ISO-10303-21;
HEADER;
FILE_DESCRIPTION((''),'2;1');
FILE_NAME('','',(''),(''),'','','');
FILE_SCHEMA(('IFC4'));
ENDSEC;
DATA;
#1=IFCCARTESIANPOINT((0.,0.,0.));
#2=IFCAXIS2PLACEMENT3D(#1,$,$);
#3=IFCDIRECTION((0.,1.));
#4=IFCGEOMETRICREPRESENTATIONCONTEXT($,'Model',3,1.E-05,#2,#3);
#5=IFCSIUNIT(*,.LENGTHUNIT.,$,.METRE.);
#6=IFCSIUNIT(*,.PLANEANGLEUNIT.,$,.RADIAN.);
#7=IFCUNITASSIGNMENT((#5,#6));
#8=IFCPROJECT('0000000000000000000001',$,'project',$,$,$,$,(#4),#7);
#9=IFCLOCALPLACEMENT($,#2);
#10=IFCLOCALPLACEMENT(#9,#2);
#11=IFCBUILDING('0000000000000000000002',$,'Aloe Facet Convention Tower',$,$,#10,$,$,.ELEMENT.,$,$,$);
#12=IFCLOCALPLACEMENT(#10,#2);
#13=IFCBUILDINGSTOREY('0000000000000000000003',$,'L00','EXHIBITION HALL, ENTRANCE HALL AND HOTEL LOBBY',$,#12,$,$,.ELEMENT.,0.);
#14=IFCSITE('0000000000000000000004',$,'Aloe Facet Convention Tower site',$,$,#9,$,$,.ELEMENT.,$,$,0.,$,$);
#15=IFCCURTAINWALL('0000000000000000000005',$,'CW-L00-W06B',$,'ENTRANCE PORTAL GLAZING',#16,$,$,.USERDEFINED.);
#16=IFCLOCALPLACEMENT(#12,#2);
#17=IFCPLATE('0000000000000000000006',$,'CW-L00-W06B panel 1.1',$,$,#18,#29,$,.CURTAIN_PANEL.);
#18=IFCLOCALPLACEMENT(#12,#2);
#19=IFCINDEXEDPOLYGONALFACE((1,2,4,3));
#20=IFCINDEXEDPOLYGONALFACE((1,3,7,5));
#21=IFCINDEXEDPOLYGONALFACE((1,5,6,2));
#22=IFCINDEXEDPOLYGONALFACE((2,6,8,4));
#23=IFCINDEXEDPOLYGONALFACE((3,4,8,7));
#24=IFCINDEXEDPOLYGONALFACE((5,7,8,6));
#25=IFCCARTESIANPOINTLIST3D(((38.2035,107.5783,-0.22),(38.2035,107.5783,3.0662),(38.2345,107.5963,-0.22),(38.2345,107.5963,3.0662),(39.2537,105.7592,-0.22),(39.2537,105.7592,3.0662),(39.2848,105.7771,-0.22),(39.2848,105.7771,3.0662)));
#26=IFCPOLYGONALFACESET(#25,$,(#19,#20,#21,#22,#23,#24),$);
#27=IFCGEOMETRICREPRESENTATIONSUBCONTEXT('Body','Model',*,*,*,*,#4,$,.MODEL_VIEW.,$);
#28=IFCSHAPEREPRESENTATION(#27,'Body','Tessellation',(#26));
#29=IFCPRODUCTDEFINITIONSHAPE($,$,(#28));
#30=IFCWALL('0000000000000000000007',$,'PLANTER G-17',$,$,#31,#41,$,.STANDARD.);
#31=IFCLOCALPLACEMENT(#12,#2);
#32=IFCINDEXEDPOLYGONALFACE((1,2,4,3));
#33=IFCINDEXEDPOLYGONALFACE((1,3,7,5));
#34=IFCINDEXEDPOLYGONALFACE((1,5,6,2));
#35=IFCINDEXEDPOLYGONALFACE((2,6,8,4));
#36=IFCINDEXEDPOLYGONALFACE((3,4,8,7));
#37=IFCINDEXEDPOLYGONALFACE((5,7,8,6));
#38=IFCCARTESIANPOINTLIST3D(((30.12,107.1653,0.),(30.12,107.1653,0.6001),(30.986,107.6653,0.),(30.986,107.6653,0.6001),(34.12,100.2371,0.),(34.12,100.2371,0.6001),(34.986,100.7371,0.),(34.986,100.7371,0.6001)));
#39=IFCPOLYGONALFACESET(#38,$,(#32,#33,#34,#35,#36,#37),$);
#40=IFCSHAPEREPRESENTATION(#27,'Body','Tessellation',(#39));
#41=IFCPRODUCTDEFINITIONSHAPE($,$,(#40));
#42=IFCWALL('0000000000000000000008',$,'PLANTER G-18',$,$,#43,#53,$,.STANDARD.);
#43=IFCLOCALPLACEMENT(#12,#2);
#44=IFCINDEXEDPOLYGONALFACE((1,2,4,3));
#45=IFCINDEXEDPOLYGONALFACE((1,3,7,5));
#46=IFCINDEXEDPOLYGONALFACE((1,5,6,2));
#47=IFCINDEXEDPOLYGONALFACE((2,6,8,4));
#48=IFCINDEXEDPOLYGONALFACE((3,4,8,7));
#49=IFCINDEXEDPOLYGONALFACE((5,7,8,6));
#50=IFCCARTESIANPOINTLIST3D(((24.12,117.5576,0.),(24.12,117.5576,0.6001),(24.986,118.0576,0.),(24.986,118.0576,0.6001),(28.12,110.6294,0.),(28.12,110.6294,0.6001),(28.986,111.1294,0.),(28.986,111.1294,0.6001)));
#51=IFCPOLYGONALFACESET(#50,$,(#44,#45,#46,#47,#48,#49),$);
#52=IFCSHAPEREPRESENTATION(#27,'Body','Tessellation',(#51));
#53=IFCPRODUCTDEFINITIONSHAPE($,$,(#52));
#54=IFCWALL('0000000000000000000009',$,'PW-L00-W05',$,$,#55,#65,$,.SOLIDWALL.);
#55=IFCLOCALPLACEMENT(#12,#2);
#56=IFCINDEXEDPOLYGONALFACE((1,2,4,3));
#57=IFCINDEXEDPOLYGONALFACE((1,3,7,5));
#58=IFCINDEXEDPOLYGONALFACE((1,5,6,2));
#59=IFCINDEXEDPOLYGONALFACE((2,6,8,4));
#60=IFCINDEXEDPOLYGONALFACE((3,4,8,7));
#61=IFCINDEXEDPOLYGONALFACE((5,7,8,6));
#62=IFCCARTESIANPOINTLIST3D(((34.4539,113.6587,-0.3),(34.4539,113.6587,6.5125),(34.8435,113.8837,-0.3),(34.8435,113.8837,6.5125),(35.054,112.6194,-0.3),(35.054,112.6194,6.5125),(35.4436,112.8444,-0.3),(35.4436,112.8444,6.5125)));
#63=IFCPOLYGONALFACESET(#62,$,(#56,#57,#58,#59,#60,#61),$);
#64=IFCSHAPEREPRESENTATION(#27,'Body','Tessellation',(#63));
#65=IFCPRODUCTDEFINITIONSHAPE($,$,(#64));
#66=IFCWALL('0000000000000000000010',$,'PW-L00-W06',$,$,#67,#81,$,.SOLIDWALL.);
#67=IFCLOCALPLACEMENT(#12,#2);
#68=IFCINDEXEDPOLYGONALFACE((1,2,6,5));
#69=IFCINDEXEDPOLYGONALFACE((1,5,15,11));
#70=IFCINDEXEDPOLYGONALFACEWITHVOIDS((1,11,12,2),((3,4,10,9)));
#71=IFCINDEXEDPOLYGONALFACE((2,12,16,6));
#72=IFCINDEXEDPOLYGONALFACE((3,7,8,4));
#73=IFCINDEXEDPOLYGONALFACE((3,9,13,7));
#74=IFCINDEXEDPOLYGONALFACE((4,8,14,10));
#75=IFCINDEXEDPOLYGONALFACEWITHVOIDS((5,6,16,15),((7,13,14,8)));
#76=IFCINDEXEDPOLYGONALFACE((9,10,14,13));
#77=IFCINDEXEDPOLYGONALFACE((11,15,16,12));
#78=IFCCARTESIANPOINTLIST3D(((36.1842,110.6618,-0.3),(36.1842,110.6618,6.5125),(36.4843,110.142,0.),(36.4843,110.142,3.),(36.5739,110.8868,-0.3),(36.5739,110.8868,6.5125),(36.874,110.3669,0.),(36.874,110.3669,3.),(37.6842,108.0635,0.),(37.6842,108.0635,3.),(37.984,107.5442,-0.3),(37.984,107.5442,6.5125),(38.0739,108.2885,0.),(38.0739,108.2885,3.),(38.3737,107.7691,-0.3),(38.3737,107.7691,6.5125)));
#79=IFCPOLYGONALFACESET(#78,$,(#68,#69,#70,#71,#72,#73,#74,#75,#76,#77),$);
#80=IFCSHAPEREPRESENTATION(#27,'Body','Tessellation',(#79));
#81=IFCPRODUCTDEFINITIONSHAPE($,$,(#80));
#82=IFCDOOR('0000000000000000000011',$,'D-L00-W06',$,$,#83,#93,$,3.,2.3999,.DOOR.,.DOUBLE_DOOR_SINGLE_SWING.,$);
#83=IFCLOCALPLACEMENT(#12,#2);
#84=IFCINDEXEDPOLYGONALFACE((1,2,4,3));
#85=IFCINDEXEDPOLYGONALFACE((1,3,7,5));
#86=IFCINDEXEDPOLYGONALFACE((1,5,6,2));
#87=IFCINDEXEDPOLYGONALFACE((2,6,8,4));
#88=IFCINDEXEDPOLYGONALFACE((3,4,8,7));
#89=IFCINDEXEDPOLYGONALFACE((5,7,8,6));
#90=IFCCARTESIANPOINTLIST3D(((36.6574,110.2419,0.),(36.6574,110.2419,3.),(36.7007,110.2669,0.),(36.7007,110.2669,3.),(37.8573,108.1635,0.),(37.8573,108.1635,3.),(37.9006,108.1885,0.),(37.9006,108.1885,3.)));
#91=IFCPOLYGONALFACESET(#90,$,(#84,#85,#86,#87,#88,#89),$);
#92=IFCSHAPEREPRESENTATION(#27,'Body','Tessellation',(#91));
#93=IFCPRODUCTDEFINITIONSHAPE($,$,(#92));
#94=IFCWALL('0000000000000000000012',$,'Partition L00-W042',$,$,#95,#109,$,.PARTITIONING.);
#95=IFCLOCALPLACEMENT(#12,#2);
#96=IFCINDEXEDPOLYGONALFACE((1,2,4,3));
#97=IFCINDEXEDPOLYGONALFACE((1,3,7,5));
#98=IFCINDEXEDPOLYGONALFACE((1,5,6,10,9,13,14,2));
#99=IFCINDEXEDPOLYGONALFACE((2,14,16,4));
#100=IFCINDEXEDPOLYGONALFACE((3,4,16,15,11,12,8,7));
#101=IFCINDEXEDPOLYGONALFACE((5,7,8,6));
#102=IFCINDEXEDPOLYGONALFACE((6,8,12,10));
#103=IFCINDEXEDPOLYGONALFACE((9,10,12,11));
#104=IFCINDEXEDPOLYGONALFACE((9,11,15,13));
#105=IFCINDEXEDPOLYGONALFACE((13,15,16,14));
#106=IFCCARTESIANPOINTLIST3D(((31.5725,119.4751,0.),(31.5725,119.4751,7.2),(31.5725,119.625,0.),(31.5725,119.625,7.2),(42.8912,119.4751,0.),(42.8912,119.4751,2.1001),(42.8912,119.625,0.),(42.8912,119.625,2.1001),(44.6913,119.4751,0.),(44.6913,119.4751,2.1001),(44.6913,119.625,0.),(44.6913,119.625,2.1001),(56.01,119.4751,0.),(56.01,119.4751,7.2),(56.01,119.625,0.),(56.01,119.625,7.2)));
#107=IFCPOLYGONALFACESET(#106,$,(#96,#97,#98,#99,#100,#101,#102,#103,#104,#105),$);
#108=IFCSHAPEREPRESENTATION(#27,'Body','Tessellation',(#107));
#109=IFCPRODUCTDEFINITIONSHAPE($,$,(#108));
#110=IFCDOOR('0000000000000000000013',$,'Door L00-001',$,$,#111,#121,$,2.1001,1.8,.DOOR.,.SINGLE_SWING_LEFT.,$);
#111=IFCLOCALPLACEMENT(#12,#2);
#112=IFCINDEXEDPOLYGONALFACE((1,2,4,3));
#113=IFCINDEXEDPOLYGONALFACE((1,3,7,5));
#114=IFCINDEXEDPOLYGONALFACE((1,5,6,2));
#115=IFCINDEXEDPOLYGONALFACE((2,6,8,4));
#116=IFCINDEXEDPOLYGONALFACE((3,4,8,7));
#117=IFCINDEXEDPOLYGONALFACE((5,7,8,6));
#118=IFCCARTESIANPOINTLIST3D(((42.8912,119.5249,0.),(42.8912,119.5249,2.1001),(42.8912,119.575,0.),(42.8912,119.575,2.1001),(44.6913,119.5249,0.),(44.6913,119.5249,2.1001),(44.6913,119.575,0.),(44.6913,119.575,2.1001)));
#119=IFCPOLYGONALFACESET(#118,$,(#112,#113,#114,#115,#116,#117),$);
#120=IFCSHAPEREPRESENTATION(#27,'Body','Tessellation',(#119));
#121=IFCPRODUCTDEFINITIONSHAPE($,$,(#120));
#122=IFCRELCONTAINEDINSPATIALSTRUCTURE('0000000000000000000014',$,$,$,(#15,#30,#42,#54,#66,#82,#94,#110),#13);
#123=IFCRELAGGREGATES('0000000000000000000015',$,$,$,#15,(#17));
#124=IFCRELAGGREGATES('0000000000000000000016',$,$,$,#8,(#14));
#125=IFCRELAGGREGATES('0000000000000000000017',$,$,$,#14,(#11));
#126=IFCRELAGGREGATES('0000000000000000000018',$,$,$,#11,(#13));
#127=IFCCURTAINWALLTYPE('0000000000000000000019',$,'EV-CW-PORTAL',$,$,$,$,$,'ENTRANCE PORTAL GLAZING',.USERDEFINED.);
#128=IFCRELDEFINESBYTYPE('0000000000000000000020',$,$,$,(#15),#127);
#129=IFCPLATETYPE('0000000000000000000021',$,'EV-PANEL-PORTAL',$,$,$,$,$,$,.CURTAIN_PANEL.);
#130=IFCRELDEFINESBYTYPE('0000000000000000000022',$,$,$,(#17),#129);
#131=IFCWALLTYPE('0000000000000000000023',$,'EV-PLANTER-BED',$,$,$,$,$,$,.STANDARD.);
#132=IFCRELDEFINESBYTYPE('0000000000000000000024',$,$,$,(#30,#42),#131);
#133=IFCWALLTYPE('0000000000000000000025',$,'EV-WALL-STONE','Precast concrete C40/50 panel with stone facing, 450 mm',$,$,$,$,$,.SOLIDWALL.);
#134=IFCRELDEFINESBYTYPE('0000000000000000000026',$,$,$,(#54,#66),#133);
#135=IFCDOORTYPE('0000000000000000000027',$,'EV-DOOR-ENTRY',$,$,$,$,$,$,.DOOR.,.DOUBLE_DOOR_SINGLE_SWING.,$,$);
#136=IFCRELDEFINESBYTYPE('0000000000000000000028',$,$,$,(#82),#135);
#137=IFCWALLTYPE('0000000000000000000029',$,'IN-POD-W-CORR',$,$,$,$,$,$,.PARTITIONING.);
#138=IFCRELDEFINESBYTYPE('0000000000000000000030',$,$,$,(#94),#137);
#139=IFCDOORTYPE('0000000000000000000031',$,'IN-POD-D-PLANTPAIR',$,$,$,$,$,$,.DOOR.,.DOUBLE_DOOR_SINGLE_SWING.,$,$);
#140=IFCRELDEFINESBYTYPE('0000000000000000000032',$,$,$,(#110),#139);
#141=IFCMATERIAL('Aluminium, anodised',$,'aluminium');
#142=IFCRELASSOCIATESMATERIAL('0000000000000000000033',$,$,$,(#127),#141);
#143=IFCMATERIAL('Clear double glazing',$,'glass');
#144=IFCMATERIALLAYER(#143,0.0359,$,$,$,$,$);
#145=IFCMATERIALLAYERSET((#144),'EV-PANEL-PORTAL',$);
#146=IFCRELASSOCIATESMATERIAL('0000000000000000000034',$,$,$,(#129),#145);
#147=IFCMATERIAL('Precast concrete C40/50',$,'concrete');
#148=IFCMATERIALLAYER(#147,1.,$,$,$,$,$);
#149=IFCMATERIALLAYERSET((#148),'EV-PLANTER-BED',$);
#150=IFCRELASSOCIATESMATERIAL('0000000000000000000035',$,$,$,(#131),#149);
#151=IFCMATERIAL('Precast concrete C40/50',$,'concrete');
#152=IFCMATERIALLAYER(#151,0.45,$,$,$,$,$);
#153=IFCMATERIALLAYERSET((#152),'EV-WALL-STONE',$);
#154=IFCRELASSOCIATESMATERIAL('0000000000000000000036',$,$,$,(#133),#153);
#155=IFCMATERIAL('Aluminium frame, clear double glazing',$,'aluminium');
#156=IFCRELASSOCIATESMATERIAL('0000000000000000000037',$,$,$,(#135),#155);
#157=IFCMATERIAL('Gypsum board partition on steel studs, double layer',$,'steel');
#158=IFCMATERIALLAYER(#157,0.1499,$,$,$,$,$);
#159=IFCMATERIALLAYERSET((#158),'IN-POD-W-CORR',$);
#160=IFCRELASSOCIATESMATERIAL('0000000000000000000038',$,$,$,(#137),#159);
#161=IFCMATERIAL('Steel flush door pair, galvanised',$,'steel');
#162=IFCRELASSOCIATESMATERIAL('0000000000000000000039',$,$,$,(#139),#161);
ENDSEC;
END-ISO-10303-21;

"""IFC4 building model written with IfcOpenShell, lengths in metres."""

from ifc_helpers import new_model, si_unit, direction, frame, frame_2d, origin, origin_2d, place, context, subcontext, project, spatial, rectangle, extrude, material, layer, layer_set, type_object, element, fill, aggregate, save


model = new_model("IFC4")

# Units and contexts
model_context = context("Model", 3, precision=1e-05, world=origin(), true_north=direction((0.0, 1.0)))
body_context = subcontext(model_context, "Body", "Model", "MODEL_VIEW")
ifc_project = project(units=[si_unit("LENGTHUNIT", "METRE"), si_unit("PLANEANGLEUNIT", "RADIAN")], contexts=[model_context])

# Site, building, storey
site_placement = place(None, origin())
site = spatial("IfcSite", under=ifc_project, at=site_placement, Name="Aloe Facet Convention Tower site", CompositionType="ELEMENT", RefElevation=0.0)
building_placement = place(site_placement, origin())
building = spatial("IfcBuilding", under=site, at=building_placement, Name="Aloe Facet Convention Tower", CompositionType="ELEMENT")
storey_placement = place(building_placement, origin())
storey = spatial("IfcBuildingStorey", under=building, at=storey_placement, Name="L00", Description="EXHIBITION HALL, ENTRANCE HALL AND HOTEL LOBBY", CompositionType="ELEMENT", Elevation=0.0)

# Shared definitions
ifc_material_1 = material(Name="Aluminium, anodised", Category="aluminium")
curtain_wall_type = type_object("IfcCurtainWallType", Name="EV-CW-PORTAL", ElementType="ENTRANCE PORTAL GLAZING", PredefinedType="USERDEFINED", material=ifc_material_1)

# Curtain wall
curtain_wall_1_placement = place(storey_placement, origin())
curtain_wall_1 = element("IfcCurtainWall", 1, at=curtain_wall_1_placement, inside=storey, type_object=curtain_wall_type, Name="CW-L00-W06B", ObjectType="ENTRANCE PORTAL GLAZING", PredefinedType="USERDEFINED")

# Plate
ifc_material_2 = material(Name="Clear double glazing", Category="glass")
ifc_layer_1 = layer(ifc_material_2, 0.0359)
ifc_layer_set_1 = layer_set([ifc_layer_1], Name="EV-PANEL-PORTAL")
plate_type = type_object("IfcPlateType", Name="EV-PANEL-PORTAL", PredefinedType="CURTAIN_PANEL", material=ifc_layer_set_1)
plate_1_placement = place(storey_placement, frame((38.7441, 106.6777, -0.22), z_axis=(0.0, 0.0, 1.0), x_axis=(0.5, -0.866025, 0.0)))
plate_1 = element("IfcPlate", 2, at=plate_1_placement, type_object=plate_type, Name="CW-L00-W06B panel 1.1", PredefinedType="CURTAIN_PANEL", context=body_context, shape_type="SweptSolid", body=[
    extrude(rectangle(XDim=2.1006, YDim=0.0359, at=origin_2d()), origin(), (0.0, 0.0, 1.0), 3.2861),
])
aggregate(curtain_wall_1, [plate_1])

# Walls
ifc_material_3 = material(Name="Precast concrete C40/50", Category="concrete")
ifc_layer_2 = layer(ifc_material_3, 1.0)
ifc_layer_set_2 = layer_set([ifc_layer_2], Name="EV-PLANTER-BED")
wall_type_1 = type_object("IfcWallType", Name="EV-PLANTER-BED", PredefinedType="STANDARD", material=ifc_layer_set_2)
for number, where, z_axis, x_axis, name in (
    (3, (34.553, 100.4871, 0.0), (0.0, 0.0, 1.0), (-0.499999, 0.866026, 0.0), "PLANTER G-17"),
    (4, (28.553, 110.8794, 0.0), (0.0, 0.0, 1.0), (-0.499999, 0.866026, 0.0), "PLANTER G-18"),
):
    element("IfcWall", number, at=place(storey_placement, frame(where, z_axis=z_axis, x_axis=x_axis)), inside=storey, type_object=wall_type_1, Name=name, PredefinedType="STANDARD", context=body_context, shape_type="SweptSolid", body=[
        extrude(rectangle(XDim=8.0, YDim=1.0, at=frame_2d((4.0, 0.0))), origin(), (0.0, 0.0, 1.0), 0.6001),
    ])
ifc_material_4 = material(Name="Precast concrete C40/50", Category="concrete")
ifc_layer_3 = layer(ifc_material_4, 0.45)
ifc_layer_set_3 = layer_set([ifc_layer_3], Name="EV-WALL-STONE")
wall_type_2 = type_object("IfcWallType", Name="EV-WALL-STONE", Description="Precast concrete C40/50 panel with stone facing, 450 mm", PredefinedType="SOLIDWALL", material=ifc_layer_set_3)
wall_1_placement = place(storey_placement, frame((34.6487, 113.7712, -0.3), z_axis=(0.0, 0.0, 1.0), x_axis=(0.500034, -0.866006, 0.0)))
element("IfcWall", 5, at=wall_1_placement, inside=storey, type_object=wall_type_2, Name="PW-L00-W05", PredefinedType="SOLIDWALL", context=body_context, shape_type="SweptSolid", body=[
    extrude(rectangle(XDim=1.2002, YDim=0.45, at=frame_2d((0.6001, 0.0))), origin(), (0.0, 0.0, 1.0), 6.8125),
])

# Walls, openings, doors
wall_2_placement = place(storey_placement, frame((36.3792, 110.7742, -0.3), z_axis=(0.0, 0.0, 1.0), x_axis=(0.499961, -0.866048, 0.0)))
wall_2 = element("IfcWall", 6, at=wall_2_placement, inside=storey, type_object=wall_type_2, Name="PW-L00-W06", PredefinedType="SOLIDWALL", context=body_context, shape_type="SweptSolid", body=[
    extrude(rectangle(XDim=3.5999, YDim=0.45, at=frame_2d((1.7998, 0.0))), origin(), (0.0, 0.0, 1.0), 6.8125),
])
opening_1_placement = place(wall_2_placement, frame((0.6001, 0.0, 0.3)))
opening_1 = element("IfcOpeningElement", 7, at=opening_1_placement, cuts=wall_2, PredefinedType="OPENING", context=body_context, shape_type="SweptSolid", body=[
    extrude(rectangle(XDim=2.3999, YDim=3.0, at=frame_2d((1.2, 1.5))), frame((0.0, 0.2349, 0.0), z_axis=(0.0, -1.0, 0.0), x_axis=(1.0, 0.0, 0.0)), (0.0, 0.0, 1.0), 0.47),
])
ifc_material_5 = material(Name="Aluminium frame, clear double glazing", Category="aluminium")
door_type_1 = type_object("IfcDoorType", Name="EV-DOOR-ENTRY", OperationType="DOUBLE_DOOR_SINGLE_SWING", PredefinedType="DOOR", material=ifc_material_5)
door_1_placement = place(opening_1_placement, origin())
door_1 = element("IfcDoor", 8, at=door_1_placement, inside=storey, type_object=door_type_1, Name="D-L00-W06", OperationType="DOUBLE_DOOR_SINGLE_SWING", OverallHeight=3.0, OverallWidth=2.3999, PredefinedType="DOOR", context=body_context, shape_type="SweptSolid", body=[
    extrude(rectangle(XDim=2.3999, YDim=3.0, at=frame_2d((1.2, 1.5))), frame((0.0, 0.0249, 0.0), z_axis=(0.0, -1.0, 0.0), x_axis=(1.0, 0.0, 0.0)), (0.0, 0.0, 1.0), 0.05),
])
fill(opening_1, door_1)
ifc_material_6 = material(Name="Gypsum board partition on steel studs, double layer", Category="steel")
ifc_layer_4 = layer(ifc_material_6, 0.1499)
ifc_layer_set_4 = layer_set([ifc_layer_4], Name="IN-POD-W-CORR")
wall_type_3 = type_object("IfcWallType", Name="IN-POD-W-CORR", PredefinedType="PARTITIONING", material=ifc_layer_set_4)
wall_3_placement = place(storey_placement, frame((31.5725, 119.55, 0.0), z_axis=(0.0, 0.0, 1.0), x_axis=(1.0, 0.0, 0.0)))
wall_3 = element("IfcWall", 9, at=wall_3_placement, inside=storey, type_object=wall_type_3, Name="Partition L00-W042", PredefinedType="PARTITIONING", context=body_context, shape_type="SweptSolid", body=[
    extrude(rectangle(XDim=24.4375, YDim=0.1499, at=frame_2d((12.2188, 0.0))), origin(), (0.0, 0.0, 1.0), 7.2),
])
opening_2_placement = place(wall_3_placement, frame((11.3188, 0.0, 0.0)))
opening_2 = element("IfcOpeningElement", 10, at=opening_2_placement, cuts=wall_3, PredefinedType="OPENING", context=body_context, shape_type="SweptSolid", body=[
    extrude(rectangle(XDim=1.8, YDim=2.1001, at=frame_2d((0.8999, 1.05))), frame((0.0, 0.085, 0.0), z_axis=(0.0, -1.0, 0.0), x_axis=(1.0, 0.0, 0.0)), (0.0, 0.0, 1.0), 0.1699),
])
ifc_material_7 = material(Name="Steel flush door pair, galvanised", Category="steel")
door_type_2 = type_object("IfcDoorType", Name="IN-POD-D-PLANTPAIR", OperationType="DOUBLE_DOOR_SINGLE_SWING", PredefinedType="DOOR", material=ifc_material_7)
door_2_placement = place(opening_2_placement, origin())
door_2 = element("IfcDoor", 11, at=door_2_placement, inside=storey, type_object=door_type_2, Name="Door L00-001", OperationType="SINGLE_SWING_LEFT", OverallHeight=2.1001, OverallWidth=1.8, PredefinedType="DOOR", context=body_context, shape_type="SweptSolid", body=[
    extrude(rectangle(XDim=1.8, YDim=2.1001, at=frame_2d((0.8999, 1.05))), frame((0.0, 0.0249, 0.0), z_axis=(0.0, -1.0, 0.0), x_axis=(1.0, 0.0, 0.0)), (0.0, 0.0, 1.0), 0.05),
])
fill(opening_2, door_2)

save(model, "model.ifc")
